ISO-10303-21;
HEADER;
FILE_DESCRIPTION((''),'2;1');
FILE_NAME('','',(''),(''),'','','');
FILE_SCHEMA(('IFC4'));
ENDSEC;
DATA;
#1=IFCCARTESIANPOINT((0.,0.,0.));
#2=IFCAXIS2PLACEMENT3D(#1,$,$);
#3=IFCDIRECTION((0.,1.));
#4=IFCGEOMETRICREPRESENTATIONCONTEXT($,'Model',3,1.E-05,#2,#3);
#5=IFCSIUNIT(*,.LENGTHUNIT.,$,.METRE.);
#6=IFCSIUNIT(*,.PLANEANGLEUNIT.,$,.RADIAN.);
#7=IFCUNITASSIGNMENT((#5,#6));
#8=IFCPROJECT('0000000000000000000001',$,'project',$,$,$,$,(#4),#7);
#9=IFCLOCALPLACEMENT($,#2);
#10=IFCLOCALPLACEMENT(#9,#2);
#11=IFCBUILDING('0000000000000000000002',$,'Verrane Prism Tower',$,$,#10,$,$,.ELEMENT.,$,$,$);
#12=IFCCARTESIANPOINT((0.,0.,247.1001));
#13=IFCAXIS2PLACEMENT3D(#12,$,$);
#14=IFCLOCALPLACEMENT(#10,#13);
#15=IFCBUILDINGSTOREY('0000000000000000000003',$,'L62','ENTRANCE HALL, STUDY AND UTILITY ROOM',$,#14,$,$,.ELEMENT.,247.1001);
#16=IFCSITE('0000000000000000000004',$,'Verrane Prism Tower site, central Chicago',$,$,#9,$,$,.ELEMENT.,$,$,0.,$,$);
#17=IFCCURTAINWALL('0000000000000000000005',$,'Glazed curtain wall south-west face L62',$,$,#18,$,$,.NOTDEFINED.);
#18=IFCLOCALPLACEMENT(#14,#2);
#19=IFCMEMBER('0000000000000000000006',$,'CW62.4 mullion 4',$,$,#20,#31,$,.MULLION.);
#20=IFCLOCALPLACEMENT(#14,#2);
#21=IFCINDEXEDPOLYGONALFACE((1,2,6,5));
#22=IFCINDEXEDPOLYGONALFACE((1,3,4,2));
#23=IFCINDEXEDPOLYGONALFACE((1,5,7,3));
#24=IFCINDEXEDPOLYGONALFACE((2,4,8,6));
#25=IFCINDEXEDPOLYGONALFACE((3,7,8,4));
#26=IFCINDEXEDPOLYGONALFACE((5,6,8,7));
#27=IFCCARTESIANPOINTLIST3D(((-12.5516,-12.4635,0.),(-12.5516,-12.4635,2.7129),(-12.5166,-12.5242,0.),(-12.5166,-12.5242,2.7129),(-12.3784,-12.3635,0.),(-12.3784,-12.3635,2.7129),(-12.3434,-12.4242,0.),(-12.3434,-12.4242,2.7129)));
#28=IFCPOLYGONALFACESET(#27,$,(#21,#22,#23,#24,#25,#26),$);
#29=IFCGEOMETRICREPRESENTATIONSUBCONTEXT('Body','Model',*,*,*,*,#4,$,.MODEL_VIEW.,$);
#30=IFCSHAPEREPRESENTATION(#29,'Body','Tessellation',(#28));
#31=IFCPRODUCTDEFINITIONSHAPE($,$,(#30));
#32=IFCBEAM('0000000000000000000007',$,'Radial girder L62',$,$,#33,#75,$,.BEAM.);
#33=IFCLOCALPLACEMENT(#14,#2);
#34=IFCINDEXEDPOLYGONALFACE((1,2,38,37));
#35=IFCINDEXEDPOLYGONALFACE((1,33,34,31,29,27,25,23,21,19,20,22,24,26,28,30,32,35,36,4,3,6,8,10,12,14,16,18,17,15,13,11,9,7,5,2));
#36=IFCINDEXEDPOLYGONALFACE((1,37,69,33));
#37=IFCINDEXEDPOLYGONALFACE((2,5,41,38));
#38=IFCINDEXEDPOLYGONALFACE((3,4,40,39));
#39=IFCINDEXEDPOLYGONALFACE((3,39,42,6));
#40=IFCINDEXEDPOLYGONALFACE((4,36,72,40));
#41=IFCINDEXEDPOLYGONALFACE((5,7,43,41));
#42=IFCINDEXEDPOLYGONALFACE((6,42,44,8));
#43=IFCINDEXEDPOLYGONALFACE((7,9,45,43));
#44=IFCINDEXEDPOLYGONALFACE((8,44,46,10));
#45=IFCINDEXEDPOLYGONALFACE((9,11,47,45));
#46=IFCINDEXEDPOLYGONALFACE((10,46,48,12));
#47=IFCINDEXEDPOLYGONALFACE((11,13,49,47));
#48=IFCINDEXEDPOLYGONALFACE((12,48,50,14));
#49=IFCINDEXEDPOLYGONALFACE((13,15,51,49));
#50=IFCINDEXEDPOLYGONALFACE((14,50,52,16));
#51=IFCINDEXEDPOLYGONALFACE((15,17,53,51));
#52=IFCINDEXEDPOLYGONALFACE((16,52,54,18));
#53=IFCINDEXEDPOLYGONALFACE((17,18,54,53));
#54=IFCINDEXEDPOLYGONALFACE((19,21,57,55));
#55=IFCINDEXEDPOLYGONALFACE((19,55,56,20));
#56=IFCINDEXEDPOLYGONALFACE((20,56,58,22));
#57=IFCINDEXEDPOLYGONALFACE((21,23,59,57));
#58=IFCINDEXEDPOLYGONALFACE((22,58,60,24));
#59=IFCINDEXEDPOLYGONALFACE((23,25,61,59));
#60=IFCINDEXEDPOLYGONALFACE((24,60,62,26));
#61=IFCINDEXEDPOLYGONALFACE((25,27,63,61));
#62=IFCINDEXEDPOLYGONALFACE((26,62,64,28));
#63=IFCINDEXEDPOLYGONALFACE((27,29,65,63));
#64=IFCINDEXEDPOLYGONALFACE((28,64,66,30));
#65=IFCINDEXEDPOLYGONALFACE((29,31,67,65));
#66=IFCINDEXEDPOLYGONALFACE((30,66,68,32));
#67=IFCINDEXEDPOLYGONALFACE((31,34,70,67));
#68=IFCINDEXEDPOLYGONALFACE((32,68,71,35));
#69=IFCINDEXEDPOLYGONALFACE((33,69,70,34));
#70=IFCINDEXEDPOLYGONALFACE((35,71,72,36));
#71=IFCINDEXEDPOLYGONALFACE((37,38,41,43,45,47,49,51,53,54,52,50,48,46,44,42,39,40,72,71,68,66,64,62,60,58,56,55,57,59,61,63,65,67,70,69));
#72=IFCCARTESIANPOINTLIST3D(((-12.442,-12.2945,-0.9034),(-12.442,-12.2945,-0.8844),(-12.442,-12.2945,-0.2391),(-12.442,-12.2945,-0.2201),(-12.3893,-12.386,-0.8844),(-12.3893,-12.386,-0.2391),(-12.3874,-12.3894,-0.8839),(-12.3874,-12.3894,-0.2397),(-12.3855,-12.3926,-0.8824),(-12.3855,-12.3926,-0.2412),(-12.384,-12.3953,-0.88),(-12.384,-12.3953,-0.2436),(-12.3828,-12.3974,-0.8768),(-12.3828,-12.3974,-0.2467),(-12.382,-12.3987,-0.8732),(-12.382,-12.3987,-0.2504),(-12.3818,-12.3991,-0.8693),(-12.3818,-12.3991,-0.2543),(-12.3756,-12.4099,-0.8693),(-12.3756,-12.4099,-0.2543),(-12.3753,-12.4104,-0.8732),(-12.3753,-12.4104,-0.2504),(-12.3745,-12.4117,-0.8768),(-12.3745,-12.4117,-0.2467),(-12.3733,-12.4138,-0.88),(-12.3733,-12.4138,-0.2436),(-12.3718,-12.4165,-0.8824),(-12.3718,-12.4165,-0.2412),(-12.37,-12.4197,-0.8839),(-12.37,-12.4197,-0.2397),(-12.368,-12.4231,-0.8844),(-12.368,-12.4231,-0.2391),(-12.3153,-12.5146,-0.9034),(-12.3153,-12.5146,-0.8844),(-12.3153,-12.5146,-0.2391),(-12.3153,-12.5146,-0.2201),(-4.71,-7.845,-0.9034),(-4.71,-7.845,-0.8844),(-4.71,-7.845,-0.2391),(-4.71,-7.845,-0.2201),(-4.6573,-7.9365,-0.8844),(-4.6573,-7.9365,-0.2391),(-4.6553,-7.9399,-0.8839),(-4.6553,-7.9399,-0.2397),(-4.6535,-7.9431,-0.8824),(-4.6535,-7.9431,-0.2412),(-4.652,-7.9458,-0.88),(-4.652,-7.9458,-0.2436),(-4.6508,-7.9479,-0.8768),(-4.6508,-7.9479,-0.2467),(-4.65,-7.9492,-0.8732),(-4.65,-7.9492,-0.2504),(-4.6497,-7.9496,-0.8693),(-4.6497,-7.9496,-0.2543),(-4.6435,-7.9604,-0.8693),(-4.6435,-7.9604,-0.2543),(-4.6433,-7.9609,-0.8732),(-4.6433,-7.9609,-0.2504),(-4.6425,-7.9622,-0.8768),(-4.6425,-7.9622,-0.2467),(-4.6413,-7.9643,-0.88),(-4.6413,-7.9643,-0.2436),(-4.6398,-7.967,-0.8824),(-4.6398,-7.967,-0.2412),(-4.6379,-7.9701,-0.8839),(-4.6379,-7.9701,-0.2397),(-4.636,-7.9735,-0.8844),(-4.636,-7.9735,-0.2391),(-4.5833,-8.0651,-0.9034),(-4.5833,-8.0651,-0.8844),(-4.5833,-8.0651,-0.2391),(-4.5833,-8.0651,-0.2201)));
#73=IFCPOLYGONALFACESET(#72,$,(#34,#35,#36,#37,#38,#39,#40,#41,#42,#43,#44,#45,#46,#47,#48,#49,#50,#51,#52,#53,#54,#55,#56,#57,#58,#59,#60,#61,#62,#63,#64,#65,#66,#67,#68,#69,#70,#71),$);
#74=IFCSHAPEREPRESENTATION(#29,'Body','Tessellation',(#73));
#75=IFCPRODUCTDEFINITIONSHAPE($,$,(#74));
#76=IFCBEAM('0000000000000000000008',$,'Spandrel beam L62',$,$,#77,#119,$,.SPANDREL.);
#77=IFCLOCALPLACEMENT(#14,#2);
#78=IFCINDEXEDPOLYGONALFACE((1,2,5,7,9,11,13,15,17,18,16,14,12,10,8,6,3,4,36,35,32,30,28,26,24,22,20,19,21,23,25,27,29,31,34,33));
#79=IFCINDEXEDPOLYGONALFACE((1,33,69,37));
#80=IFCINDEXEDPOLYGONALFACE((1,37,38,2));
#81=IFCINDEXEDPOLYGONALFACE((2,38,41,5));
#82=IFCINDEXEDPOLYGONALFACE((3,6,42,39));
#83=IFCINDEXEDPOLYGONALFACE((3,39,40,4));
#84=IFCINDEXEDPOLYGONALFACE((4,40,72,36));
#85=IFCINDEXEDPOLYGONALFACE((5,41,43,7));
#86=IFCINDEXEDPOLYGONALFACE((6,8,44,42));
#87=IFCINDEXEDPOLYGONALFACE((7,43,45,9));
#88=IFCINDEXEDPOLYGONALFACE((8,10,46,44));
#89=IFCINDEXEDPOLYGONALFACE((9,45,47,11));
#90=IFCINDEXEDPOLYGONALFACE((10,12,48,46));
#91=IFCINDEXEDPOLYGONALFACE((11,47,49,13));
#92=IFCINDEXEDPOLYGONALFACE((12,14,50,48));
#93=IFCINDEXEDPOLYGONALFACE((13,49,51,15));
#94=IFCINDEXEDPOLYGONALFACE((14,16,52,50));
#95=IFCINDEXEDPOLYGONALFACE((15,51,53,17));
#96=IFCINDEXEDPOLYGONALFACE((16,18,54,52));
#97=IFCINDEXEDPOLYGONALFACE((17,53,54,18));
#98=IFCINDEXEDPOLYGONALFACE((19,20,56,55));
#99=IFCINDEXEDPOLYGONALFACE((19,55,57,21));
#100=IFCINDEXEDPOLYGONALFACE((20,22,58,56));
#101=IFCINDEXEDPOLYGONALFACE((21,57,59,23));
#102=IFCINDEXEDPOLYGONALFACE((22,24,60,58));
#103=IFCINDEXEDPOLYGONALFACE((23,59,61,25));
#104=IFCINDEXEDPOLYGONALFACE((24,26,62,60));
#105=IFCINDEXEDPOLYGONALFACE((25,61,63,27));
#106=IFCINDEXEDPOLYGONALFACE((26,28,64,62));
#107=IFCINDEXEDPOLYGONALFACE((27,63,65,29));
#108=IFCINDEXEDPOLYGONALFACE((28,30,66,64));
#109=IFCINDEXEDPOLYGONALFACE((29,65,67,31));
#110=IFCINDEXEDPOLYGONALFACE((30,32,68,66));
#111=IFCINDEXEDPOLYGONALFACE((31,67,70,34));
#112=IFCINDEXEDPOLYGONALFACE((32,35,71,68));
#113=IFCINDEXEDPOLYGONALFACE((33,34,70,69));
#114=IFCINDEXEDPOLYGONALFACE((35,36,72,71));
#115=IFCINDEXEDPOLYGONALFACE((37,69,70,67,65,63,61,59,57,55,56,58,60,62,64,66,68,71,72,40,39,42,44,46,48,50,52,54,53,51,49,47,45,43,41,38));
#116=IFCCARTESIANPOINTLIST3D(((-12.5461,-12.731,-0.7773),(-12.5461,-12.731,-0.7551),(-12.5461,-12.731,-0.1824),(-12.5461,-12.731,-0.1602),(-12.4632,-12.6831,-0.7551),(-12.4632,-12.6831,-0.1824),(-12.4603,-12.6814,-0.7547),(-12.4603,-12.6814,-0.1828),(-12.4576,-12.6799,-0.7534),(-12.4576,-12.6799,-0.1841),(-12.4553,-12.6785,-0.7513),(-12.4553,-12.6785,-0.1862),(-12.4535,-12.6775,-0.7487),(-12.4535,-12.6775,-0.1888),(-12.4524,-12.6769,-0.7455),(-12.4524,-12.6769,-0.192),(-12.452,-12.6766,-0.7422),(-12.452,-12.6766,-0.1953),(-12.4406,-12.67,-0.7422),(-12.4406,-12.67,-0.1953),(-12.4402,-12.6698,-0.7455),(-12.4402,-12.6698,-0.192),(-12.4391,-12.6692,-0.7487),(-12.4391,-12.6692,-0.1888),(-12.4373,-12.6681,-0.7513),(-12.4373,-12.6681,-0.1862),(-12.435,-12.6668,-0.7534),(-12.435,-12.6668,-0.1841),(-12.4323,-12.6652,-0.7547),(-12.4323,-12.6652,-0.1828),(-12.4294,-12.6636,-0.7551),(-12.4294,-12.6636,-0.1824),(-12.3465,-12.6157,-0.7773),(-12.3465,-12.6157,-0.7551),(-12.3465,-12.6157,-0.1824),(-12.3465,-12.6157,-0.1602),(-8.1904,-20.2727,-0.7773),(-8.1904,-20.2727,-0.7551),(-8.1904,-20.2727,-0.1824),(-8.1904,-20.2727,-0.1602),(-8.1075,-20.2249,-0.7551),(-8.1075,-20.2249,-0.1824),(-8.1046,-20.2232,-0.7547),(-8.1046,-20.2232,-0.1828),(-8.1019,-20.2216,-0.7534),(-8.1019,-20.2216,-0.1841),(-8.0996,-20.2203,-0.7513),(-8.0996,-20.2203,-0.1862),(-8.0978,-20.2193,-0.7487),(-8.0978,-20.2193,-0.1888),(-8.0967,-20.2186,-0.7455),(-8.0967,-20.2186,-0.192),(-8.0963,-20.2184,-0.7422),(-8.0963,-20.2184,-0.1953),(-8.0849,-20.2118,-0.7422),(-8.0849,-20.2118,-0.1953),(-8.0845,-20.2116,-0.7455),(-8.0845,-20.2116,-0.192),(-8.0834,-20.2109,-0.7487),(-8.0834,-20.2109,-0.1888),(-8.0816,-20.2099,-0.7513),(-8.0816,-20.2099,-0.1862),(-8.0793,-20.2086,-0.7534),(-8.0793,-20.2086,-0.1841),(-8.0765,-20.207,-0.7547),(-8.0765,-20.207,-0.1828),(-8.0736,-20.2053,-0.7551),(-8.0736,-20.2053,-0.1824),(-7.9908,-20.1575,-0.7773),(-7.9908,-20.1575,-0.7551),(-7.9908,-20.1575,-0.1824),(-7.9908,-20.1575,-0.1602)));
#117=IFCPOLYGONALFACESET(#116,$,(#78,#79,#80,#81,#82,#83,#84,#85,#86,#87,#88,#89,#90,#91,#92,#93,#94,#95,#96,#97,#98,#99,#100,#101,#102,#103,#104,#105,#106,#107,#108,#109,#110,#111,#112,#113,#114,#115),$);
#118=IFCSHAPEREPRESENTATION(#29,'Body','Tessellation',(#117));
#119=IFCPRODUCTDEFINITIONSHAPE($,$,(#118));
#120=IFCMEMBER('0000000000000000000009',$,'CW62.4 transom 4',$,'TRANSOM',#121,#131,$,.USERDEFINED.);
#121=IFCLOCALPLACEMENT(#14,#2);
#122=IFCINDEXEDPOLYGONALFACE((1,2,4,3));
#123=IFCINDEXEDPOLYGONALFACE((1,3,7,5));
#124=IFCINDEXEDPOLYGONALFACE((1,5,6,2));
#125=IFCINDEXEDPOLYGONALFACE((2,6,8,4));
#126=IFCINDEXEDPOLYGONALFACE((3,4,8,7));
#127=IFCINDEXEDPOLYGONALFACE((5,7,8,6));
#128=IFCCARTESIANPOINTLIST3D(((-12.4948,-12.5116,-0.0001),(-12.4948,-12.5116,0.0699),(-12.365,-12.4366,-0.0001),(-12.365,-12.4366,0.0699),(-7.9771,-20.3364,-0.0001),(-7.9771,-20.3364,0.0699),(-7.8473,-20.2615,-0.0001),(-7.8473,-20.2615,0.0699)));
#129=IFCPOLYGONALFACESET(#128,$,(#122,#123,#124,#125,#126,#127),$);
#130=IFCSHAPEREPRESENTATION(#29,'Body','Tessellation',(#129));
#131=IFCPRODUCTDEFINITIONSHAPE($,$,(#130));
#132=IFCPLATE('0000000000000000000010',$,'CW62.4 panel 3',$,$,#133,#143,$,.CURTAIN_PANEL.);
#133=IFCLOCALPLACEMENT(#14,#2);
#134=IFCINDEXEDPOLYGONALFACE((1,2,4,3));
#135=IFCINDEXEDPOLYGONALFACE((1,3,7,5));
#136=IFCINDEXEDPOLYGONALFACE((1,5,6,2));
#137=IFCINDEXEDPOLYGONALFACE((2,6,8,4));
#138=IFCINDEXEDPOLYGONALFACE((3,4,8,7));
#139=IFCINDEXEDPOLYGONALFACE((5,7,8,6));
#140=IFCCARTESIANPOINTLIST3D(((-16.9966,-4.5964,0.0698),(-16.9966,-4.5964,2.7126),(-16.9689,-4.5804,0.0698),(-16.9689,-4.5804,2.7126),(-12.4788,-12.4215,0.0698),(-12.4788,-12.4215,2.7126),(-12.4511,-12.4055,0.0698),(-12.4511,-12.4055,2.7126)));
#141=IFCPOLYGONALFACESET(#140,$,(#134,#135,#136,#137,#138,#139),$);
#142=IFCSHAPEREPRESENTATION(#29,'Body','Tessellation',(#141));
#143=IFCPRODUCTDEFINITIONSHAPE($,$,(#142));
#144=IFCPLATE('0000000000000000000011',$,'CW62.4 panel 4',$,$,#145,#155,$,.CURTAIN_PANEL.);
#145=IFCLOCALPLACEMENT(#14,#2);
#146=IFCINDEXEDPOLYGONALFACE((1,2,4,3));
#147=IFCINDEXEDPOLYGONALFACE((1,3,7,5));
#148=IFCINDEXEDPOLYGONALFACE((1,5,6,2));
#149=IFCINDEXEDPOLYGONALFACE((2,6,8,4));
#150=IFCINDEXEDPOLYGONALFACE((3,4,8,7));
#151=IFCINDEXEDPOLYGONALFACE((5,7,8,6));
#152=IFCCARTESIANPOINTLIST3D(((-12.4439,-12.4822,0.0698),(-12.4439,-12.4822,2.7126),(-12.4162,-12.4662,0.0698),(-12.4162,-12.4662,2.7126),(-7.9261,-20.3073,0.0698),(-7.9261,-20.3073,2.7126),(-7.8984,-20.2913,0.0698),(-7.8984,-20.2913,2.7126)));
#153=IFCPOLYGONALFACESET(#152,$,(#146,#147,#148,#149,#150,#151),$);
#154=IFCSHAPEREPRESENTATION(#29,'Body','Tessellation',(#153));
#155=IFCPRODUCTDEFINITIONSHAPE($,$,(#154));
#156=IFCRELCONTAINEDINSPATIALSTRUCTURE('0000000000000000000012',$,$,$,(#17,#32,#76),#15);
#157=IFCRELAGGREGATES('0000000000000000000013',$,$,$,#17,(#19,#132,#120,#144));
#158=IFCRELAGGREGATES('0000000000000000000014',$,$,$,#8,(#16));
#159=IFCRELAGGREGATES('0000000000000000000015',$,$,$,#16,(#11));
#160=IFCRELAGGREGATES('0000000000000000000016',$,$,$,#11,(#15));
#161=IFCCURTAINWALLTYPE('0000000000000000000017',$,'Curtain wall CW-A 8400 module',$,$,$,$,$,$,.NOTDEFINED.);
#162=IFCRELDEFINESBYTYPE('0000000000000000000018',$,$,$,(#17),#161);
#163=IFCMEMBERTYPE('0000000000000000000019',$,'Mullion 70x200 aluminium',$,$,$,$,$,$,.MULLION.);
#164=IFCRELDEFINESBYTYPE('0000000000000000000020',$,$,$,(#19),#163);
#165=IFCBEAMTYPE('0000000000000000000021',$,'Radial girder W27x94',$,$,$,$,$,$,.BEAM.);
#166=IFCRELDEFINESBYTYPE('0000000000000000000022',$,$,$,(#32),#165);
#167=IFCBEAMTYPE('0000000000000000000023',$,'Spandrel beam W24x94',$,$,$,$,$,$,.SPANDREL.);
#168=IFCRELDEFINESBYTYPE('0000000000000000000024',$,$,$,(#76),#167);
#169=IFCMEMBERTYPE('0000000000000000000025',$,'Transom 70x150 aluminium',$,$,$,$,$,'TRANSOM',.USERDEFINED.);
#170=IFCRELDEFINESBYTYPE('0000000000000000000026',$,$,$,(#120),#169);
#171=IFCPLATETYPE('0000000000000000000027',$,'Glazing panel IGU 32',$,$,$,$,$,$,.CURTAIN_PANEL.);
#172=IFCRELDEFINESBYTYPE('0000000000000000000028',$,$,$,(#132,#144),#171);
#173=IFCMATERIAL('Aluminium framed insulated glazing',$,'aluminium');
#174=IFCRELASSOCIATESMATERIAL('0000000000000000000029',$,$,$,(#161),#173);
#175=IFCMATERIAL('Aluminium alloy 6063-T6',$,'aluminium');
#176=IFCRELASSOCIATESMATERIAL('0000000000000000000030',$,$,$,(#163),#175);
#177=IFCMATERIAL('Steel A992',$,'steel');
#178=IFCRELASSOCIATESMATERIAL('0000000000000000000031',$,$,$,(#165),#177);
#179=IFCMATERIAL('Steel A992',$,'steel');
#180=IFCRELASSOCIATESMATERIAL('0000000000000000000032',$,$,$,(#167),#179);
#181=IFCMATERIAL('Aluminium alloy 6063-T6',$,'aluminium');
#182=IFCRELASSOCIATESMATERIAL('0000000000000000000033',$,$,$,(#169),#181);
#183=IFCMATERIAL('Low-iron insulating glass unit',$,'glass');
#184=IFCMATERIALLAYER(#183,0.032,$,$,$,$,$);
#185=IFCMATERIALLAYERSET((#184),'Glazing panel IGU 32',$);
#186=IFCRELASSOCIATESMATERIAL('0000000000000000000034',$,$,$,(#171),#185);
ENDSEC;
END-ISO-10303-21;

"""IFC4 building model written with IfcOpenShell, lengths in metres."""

from ifc_helpers import new_model, si_unit, direction, frame, origin, origin_2d, place, context, subcontext, project, spatial, rectangle, i_section, extrude, material, layer, layer_set, material_profile, profile_set, type_object, element, aggregate, save


model = new_model("IFC4")

# Units and contexts
model_context = context("Model", 3, precision=1e-05, world=origin(), true_north=direction((0.0, 1.0)))
body_context = subcontext(model_context, "Body", "Model", "MODEL_VIEW")
ifc_project = project(units=[si_unit("LENGTHUNIT", "METRE"), si_unit("PLANEANGLEUNIT", "RADIAN")], contexts=[model_context])

# Site, building, storey
site_placement = place(None, origin())
site = spatial("IfcSite", under=ifc_project, at=site_placement, Name="Verrane Prism Tower site, central Chicago", CompositionType="ELEMENT", RefElevation=0.0)
building_placement = place(site_placement, origin())
building = spatial("IfcBuilding", under=site, at=building_placement, Name="Verrane Prism Tower", CompositionType="ELEMENT")
storey_placement = place(building_placement, frame((0.0, 0.0, 247.1001)))
storey = spatial("IfcBuildingStorey", under=building, at=storey_placement, Name="L62", Description="ENTRANCE HALL, STUDY AND UTILITY ROOM", CompositionType="ELEMENT", Elevation=247.1001)

# Curtain wall, member
ifc_material_1 = material(Name="Aluminium framed insulated glazing", Category="aluminium")
curtain_wall_type = type_object("IfcCurtainWallType", Name="Curtain wall CW-A 8400 module", PredefinedType="NOTDEFINED", material=ifc_material_1)
curtain_wall_placement = place(storey_placement, origin())
curtain_wall = element("IfcCurtainWall", 1, at=curtain_wall_placement, inside=storey, type_object=curtain_wall_type, Name="Glazed curtain wall south-west face L62", PredefinedType="NOTDEFINED")
ifc_material_2 = material(Name="Aluminium alloy 6063-T6", Category="aluminium")
ifc_material_profile_1 = material_profile(ifc_material_2, rectangle(XDim=0.2, YDim=0.0701, at=origin_2d()), Name="Mullion 70x200 aluminium")
ifc_profile_set_1 = profile_set([ifc_material_profile_1], Name="Aluminium alloy 6063-T6")
member_type_1 = type_object("IfcMemberType", Name="Mullion 70x200 aluminium", PredefinedType="MULLION", material=ifc_profile_set_1)
member_1_placement = place(storey_placement, frame((-12.4475, -12.4438, 0.0), z_axis=(0.0, 0.0, 1.0), x_axis=(0.866026, 0.5, 0.0)))
member_1 = element("IfcMember", 2, at=member_1_placement, type_object=member_type_1, Name="CW62.4 mullion 4", PredefinedType="MULLION", context=body_context, shape_type="SweptSolid", body=[
    extrude(rectangle(XDim=0.2, YDim=0.0701, at=origin_2d()), origin(), (0.0, 0.0, 1.0), 2.7129),
])

# Beams
ifc_material_3 = material(Name="Steel A992", Category="steel")
ifc_material_profile_2 = material_profile(ifc_material_3, i_section(OverallWidth=0.2539, OverallDepth=0.6833, WebThickness=0.0125, FlangeThickness=0.019, FilletRadius=0.0151, at=origin_2d()), Name="W27x94")
ifc_profile_set_2 = profile_set([ifc_material_profile_2], Name="Steel A992")
beam_type_1 = type_object("IfcBeamType", Name="Radial girder W27x94", PredefinedType="BEAM", material=ifc_profile_set_2)
beam_1_placement = place(storey_placement, frame((-12.3787, -12.4045, -0.5618), z_axis=(0.866732, 0.498774, 0.0), x_axis=(-0.498774, 0.866732, 0.0)))
element("IfcBeam", 3, at=beam_1_placement, inside=storey, type_object=beam_type_1, Name="Radial girder L62", PredefinedType="BEAM", context=body_context, shape_type="SweptSolid", body=[
    extrude(i_section(OverallWidth=0.2539, OverallDepth=0.6833, WebThickness=0.0125, FlangeThickness=0.019, FilletRadius=0.0151, at=origin_2d()), origin(), (0.0, 0.0, 1.0), 8.9209),
])
ifc_material_4 = material(Name="Steel A992", Category="steel")
ifc_material_profile_3 = material_profile(ifc_material_4, i_section(OverallWidth=0.2305, OverallDepth=0.6172, WebThickness=0.0132, FlangeThickness=0.0222, FilletRadius=0.0129, at=origin_2d()), Name="W24x94")
ifc_profile_set_3 = profile_set([ifc_material_profile_3], Name="Steel A992")
beam_type_2 = type_object("IfcBeamType", Name="Spandrel beam W24x94", PredefinedType="SPANDREL", material=ifc_profile_set_3)
beam_2_placement = place(storey_placement, frame((-12.4463, -12.6733, -0.4688), z_axis=(0.500128, -0.865952, 0.0), x_axis=(0.865952, 0.500128, 0.0)))
element("IfcBeam", 4, at=beam_2_placement, inside=storey, type_object=beam_type_2, Name="Spandrel beam L62", PredefinedType="SPANDREL", context=body_context, shape_type="SweptSolid", body=[
    extrude(i_section(OverallWidth=0.2305, OverallDepth=0.6172, WebThickness=0.0132, FlangeThickness=0.0222, FilletRadius=0.0129, at=origin_2d()), origin(), (0.0, 0.0, 1.0), 8.7092),
])

# Member
ifc_material_5 = material(Name="Aluminium alloy 6063-T6", Category="aluminium")
ifc_material_profile_4 = material_profile(ifc_material_5, rectangle(XDim=0.1499, YDim=0.0701, at=origin_2d()), Name="Transom 70x150 aluminium")
ifc_profile_set_4 = profile_set([ifc_material_profile_4], Name="Aluminium alloy 6063-T6")
member_type_2 = type_object("IfcMemberType", Name="Transom 70x150 aluminium", ElementType="TRANSOM", PredefinedType="USERDEFINED", material=ifc_profile_set_4)
member_2_placement = place(storey_placement, frame((-12.4299, -12.4741, 0.0349), z_axis=(0.500007, -0.866021, 0.0), x_axis=(0.866021, 0.500007, 0.0)))
member_2 = element("IfcMember", 5, at=member_2_placement, type_object=member_type_2, Name="CW62.4 transom 4", ObjectType="TRANSOM", PredefinedType="USERDEFINED", context=body_context, shape_type="SweptSolid", body=[
    extrude(rectangle(XDim=0.1499, YDim=0.0701, at=origin_2d()), origin(), (0.0, 0.0, 1.0), 9.0354),
])

# Plates
ifc_material_6 = material(Name="Low-iron insulating glass unit", Category="glass")
ifc_layer_1 = layer(ifc_material_6, 0.032)
ifc_layer_set_1 = layer_set([ifc_layer_1], Name="Glazing panel IGU 32")
plate_type = type_object("IfcPlateType", Name="Glazing panel IGU 32", PredefinedType="CURTAIN_PANEL", material=ifc_layer_set_1)
plate_1_placement = place(storey_placement, frame((-14.7239, -8.501, 0.0698), z_axis=(0.0, 0.0, 1.0), x_axis=(0.5, -0.866026, 0.0)))
plate_1 = element("IfcPlate", 6, at=plate_1_placement, type_object=plate_type, Name="CW62.4 panel 3", PredefinedType="CURTAIN_PANEL", context=body_context, shape_type="SweptSolid", body=[
    extrude(rectangle(XDim=9.0356, YDim=0.032, at=origin_2d()), origin(), (0.0, 0.0, 1.0), 2.6428),
])
plate_2_placement = place(storey_placement, frame((-10.1711, -16.3867, 0.0698), z_axis=(0.0, 0.0, 1.0), x_axis=(0.5, -0.866026, 0.0)))
plate_2 = element("IfcPlate", 7, at=plate_2_placement, type_object=plate_type, Name="CW62.4 panel 4", PredefinedType="CURTAIN_PANEL", context=body_context, shape_type="SweptSolid", body=[
    extrude(rectangle(XDim=9.0356, YDim=0.032, at=origin_2d()), origin(), (0.0, 0.0, 1.0), 2.6428),
])
aggregate(curtain_wall, [member_1, plate_1, member_2, plate_2])

save(model, "model.ifc")
